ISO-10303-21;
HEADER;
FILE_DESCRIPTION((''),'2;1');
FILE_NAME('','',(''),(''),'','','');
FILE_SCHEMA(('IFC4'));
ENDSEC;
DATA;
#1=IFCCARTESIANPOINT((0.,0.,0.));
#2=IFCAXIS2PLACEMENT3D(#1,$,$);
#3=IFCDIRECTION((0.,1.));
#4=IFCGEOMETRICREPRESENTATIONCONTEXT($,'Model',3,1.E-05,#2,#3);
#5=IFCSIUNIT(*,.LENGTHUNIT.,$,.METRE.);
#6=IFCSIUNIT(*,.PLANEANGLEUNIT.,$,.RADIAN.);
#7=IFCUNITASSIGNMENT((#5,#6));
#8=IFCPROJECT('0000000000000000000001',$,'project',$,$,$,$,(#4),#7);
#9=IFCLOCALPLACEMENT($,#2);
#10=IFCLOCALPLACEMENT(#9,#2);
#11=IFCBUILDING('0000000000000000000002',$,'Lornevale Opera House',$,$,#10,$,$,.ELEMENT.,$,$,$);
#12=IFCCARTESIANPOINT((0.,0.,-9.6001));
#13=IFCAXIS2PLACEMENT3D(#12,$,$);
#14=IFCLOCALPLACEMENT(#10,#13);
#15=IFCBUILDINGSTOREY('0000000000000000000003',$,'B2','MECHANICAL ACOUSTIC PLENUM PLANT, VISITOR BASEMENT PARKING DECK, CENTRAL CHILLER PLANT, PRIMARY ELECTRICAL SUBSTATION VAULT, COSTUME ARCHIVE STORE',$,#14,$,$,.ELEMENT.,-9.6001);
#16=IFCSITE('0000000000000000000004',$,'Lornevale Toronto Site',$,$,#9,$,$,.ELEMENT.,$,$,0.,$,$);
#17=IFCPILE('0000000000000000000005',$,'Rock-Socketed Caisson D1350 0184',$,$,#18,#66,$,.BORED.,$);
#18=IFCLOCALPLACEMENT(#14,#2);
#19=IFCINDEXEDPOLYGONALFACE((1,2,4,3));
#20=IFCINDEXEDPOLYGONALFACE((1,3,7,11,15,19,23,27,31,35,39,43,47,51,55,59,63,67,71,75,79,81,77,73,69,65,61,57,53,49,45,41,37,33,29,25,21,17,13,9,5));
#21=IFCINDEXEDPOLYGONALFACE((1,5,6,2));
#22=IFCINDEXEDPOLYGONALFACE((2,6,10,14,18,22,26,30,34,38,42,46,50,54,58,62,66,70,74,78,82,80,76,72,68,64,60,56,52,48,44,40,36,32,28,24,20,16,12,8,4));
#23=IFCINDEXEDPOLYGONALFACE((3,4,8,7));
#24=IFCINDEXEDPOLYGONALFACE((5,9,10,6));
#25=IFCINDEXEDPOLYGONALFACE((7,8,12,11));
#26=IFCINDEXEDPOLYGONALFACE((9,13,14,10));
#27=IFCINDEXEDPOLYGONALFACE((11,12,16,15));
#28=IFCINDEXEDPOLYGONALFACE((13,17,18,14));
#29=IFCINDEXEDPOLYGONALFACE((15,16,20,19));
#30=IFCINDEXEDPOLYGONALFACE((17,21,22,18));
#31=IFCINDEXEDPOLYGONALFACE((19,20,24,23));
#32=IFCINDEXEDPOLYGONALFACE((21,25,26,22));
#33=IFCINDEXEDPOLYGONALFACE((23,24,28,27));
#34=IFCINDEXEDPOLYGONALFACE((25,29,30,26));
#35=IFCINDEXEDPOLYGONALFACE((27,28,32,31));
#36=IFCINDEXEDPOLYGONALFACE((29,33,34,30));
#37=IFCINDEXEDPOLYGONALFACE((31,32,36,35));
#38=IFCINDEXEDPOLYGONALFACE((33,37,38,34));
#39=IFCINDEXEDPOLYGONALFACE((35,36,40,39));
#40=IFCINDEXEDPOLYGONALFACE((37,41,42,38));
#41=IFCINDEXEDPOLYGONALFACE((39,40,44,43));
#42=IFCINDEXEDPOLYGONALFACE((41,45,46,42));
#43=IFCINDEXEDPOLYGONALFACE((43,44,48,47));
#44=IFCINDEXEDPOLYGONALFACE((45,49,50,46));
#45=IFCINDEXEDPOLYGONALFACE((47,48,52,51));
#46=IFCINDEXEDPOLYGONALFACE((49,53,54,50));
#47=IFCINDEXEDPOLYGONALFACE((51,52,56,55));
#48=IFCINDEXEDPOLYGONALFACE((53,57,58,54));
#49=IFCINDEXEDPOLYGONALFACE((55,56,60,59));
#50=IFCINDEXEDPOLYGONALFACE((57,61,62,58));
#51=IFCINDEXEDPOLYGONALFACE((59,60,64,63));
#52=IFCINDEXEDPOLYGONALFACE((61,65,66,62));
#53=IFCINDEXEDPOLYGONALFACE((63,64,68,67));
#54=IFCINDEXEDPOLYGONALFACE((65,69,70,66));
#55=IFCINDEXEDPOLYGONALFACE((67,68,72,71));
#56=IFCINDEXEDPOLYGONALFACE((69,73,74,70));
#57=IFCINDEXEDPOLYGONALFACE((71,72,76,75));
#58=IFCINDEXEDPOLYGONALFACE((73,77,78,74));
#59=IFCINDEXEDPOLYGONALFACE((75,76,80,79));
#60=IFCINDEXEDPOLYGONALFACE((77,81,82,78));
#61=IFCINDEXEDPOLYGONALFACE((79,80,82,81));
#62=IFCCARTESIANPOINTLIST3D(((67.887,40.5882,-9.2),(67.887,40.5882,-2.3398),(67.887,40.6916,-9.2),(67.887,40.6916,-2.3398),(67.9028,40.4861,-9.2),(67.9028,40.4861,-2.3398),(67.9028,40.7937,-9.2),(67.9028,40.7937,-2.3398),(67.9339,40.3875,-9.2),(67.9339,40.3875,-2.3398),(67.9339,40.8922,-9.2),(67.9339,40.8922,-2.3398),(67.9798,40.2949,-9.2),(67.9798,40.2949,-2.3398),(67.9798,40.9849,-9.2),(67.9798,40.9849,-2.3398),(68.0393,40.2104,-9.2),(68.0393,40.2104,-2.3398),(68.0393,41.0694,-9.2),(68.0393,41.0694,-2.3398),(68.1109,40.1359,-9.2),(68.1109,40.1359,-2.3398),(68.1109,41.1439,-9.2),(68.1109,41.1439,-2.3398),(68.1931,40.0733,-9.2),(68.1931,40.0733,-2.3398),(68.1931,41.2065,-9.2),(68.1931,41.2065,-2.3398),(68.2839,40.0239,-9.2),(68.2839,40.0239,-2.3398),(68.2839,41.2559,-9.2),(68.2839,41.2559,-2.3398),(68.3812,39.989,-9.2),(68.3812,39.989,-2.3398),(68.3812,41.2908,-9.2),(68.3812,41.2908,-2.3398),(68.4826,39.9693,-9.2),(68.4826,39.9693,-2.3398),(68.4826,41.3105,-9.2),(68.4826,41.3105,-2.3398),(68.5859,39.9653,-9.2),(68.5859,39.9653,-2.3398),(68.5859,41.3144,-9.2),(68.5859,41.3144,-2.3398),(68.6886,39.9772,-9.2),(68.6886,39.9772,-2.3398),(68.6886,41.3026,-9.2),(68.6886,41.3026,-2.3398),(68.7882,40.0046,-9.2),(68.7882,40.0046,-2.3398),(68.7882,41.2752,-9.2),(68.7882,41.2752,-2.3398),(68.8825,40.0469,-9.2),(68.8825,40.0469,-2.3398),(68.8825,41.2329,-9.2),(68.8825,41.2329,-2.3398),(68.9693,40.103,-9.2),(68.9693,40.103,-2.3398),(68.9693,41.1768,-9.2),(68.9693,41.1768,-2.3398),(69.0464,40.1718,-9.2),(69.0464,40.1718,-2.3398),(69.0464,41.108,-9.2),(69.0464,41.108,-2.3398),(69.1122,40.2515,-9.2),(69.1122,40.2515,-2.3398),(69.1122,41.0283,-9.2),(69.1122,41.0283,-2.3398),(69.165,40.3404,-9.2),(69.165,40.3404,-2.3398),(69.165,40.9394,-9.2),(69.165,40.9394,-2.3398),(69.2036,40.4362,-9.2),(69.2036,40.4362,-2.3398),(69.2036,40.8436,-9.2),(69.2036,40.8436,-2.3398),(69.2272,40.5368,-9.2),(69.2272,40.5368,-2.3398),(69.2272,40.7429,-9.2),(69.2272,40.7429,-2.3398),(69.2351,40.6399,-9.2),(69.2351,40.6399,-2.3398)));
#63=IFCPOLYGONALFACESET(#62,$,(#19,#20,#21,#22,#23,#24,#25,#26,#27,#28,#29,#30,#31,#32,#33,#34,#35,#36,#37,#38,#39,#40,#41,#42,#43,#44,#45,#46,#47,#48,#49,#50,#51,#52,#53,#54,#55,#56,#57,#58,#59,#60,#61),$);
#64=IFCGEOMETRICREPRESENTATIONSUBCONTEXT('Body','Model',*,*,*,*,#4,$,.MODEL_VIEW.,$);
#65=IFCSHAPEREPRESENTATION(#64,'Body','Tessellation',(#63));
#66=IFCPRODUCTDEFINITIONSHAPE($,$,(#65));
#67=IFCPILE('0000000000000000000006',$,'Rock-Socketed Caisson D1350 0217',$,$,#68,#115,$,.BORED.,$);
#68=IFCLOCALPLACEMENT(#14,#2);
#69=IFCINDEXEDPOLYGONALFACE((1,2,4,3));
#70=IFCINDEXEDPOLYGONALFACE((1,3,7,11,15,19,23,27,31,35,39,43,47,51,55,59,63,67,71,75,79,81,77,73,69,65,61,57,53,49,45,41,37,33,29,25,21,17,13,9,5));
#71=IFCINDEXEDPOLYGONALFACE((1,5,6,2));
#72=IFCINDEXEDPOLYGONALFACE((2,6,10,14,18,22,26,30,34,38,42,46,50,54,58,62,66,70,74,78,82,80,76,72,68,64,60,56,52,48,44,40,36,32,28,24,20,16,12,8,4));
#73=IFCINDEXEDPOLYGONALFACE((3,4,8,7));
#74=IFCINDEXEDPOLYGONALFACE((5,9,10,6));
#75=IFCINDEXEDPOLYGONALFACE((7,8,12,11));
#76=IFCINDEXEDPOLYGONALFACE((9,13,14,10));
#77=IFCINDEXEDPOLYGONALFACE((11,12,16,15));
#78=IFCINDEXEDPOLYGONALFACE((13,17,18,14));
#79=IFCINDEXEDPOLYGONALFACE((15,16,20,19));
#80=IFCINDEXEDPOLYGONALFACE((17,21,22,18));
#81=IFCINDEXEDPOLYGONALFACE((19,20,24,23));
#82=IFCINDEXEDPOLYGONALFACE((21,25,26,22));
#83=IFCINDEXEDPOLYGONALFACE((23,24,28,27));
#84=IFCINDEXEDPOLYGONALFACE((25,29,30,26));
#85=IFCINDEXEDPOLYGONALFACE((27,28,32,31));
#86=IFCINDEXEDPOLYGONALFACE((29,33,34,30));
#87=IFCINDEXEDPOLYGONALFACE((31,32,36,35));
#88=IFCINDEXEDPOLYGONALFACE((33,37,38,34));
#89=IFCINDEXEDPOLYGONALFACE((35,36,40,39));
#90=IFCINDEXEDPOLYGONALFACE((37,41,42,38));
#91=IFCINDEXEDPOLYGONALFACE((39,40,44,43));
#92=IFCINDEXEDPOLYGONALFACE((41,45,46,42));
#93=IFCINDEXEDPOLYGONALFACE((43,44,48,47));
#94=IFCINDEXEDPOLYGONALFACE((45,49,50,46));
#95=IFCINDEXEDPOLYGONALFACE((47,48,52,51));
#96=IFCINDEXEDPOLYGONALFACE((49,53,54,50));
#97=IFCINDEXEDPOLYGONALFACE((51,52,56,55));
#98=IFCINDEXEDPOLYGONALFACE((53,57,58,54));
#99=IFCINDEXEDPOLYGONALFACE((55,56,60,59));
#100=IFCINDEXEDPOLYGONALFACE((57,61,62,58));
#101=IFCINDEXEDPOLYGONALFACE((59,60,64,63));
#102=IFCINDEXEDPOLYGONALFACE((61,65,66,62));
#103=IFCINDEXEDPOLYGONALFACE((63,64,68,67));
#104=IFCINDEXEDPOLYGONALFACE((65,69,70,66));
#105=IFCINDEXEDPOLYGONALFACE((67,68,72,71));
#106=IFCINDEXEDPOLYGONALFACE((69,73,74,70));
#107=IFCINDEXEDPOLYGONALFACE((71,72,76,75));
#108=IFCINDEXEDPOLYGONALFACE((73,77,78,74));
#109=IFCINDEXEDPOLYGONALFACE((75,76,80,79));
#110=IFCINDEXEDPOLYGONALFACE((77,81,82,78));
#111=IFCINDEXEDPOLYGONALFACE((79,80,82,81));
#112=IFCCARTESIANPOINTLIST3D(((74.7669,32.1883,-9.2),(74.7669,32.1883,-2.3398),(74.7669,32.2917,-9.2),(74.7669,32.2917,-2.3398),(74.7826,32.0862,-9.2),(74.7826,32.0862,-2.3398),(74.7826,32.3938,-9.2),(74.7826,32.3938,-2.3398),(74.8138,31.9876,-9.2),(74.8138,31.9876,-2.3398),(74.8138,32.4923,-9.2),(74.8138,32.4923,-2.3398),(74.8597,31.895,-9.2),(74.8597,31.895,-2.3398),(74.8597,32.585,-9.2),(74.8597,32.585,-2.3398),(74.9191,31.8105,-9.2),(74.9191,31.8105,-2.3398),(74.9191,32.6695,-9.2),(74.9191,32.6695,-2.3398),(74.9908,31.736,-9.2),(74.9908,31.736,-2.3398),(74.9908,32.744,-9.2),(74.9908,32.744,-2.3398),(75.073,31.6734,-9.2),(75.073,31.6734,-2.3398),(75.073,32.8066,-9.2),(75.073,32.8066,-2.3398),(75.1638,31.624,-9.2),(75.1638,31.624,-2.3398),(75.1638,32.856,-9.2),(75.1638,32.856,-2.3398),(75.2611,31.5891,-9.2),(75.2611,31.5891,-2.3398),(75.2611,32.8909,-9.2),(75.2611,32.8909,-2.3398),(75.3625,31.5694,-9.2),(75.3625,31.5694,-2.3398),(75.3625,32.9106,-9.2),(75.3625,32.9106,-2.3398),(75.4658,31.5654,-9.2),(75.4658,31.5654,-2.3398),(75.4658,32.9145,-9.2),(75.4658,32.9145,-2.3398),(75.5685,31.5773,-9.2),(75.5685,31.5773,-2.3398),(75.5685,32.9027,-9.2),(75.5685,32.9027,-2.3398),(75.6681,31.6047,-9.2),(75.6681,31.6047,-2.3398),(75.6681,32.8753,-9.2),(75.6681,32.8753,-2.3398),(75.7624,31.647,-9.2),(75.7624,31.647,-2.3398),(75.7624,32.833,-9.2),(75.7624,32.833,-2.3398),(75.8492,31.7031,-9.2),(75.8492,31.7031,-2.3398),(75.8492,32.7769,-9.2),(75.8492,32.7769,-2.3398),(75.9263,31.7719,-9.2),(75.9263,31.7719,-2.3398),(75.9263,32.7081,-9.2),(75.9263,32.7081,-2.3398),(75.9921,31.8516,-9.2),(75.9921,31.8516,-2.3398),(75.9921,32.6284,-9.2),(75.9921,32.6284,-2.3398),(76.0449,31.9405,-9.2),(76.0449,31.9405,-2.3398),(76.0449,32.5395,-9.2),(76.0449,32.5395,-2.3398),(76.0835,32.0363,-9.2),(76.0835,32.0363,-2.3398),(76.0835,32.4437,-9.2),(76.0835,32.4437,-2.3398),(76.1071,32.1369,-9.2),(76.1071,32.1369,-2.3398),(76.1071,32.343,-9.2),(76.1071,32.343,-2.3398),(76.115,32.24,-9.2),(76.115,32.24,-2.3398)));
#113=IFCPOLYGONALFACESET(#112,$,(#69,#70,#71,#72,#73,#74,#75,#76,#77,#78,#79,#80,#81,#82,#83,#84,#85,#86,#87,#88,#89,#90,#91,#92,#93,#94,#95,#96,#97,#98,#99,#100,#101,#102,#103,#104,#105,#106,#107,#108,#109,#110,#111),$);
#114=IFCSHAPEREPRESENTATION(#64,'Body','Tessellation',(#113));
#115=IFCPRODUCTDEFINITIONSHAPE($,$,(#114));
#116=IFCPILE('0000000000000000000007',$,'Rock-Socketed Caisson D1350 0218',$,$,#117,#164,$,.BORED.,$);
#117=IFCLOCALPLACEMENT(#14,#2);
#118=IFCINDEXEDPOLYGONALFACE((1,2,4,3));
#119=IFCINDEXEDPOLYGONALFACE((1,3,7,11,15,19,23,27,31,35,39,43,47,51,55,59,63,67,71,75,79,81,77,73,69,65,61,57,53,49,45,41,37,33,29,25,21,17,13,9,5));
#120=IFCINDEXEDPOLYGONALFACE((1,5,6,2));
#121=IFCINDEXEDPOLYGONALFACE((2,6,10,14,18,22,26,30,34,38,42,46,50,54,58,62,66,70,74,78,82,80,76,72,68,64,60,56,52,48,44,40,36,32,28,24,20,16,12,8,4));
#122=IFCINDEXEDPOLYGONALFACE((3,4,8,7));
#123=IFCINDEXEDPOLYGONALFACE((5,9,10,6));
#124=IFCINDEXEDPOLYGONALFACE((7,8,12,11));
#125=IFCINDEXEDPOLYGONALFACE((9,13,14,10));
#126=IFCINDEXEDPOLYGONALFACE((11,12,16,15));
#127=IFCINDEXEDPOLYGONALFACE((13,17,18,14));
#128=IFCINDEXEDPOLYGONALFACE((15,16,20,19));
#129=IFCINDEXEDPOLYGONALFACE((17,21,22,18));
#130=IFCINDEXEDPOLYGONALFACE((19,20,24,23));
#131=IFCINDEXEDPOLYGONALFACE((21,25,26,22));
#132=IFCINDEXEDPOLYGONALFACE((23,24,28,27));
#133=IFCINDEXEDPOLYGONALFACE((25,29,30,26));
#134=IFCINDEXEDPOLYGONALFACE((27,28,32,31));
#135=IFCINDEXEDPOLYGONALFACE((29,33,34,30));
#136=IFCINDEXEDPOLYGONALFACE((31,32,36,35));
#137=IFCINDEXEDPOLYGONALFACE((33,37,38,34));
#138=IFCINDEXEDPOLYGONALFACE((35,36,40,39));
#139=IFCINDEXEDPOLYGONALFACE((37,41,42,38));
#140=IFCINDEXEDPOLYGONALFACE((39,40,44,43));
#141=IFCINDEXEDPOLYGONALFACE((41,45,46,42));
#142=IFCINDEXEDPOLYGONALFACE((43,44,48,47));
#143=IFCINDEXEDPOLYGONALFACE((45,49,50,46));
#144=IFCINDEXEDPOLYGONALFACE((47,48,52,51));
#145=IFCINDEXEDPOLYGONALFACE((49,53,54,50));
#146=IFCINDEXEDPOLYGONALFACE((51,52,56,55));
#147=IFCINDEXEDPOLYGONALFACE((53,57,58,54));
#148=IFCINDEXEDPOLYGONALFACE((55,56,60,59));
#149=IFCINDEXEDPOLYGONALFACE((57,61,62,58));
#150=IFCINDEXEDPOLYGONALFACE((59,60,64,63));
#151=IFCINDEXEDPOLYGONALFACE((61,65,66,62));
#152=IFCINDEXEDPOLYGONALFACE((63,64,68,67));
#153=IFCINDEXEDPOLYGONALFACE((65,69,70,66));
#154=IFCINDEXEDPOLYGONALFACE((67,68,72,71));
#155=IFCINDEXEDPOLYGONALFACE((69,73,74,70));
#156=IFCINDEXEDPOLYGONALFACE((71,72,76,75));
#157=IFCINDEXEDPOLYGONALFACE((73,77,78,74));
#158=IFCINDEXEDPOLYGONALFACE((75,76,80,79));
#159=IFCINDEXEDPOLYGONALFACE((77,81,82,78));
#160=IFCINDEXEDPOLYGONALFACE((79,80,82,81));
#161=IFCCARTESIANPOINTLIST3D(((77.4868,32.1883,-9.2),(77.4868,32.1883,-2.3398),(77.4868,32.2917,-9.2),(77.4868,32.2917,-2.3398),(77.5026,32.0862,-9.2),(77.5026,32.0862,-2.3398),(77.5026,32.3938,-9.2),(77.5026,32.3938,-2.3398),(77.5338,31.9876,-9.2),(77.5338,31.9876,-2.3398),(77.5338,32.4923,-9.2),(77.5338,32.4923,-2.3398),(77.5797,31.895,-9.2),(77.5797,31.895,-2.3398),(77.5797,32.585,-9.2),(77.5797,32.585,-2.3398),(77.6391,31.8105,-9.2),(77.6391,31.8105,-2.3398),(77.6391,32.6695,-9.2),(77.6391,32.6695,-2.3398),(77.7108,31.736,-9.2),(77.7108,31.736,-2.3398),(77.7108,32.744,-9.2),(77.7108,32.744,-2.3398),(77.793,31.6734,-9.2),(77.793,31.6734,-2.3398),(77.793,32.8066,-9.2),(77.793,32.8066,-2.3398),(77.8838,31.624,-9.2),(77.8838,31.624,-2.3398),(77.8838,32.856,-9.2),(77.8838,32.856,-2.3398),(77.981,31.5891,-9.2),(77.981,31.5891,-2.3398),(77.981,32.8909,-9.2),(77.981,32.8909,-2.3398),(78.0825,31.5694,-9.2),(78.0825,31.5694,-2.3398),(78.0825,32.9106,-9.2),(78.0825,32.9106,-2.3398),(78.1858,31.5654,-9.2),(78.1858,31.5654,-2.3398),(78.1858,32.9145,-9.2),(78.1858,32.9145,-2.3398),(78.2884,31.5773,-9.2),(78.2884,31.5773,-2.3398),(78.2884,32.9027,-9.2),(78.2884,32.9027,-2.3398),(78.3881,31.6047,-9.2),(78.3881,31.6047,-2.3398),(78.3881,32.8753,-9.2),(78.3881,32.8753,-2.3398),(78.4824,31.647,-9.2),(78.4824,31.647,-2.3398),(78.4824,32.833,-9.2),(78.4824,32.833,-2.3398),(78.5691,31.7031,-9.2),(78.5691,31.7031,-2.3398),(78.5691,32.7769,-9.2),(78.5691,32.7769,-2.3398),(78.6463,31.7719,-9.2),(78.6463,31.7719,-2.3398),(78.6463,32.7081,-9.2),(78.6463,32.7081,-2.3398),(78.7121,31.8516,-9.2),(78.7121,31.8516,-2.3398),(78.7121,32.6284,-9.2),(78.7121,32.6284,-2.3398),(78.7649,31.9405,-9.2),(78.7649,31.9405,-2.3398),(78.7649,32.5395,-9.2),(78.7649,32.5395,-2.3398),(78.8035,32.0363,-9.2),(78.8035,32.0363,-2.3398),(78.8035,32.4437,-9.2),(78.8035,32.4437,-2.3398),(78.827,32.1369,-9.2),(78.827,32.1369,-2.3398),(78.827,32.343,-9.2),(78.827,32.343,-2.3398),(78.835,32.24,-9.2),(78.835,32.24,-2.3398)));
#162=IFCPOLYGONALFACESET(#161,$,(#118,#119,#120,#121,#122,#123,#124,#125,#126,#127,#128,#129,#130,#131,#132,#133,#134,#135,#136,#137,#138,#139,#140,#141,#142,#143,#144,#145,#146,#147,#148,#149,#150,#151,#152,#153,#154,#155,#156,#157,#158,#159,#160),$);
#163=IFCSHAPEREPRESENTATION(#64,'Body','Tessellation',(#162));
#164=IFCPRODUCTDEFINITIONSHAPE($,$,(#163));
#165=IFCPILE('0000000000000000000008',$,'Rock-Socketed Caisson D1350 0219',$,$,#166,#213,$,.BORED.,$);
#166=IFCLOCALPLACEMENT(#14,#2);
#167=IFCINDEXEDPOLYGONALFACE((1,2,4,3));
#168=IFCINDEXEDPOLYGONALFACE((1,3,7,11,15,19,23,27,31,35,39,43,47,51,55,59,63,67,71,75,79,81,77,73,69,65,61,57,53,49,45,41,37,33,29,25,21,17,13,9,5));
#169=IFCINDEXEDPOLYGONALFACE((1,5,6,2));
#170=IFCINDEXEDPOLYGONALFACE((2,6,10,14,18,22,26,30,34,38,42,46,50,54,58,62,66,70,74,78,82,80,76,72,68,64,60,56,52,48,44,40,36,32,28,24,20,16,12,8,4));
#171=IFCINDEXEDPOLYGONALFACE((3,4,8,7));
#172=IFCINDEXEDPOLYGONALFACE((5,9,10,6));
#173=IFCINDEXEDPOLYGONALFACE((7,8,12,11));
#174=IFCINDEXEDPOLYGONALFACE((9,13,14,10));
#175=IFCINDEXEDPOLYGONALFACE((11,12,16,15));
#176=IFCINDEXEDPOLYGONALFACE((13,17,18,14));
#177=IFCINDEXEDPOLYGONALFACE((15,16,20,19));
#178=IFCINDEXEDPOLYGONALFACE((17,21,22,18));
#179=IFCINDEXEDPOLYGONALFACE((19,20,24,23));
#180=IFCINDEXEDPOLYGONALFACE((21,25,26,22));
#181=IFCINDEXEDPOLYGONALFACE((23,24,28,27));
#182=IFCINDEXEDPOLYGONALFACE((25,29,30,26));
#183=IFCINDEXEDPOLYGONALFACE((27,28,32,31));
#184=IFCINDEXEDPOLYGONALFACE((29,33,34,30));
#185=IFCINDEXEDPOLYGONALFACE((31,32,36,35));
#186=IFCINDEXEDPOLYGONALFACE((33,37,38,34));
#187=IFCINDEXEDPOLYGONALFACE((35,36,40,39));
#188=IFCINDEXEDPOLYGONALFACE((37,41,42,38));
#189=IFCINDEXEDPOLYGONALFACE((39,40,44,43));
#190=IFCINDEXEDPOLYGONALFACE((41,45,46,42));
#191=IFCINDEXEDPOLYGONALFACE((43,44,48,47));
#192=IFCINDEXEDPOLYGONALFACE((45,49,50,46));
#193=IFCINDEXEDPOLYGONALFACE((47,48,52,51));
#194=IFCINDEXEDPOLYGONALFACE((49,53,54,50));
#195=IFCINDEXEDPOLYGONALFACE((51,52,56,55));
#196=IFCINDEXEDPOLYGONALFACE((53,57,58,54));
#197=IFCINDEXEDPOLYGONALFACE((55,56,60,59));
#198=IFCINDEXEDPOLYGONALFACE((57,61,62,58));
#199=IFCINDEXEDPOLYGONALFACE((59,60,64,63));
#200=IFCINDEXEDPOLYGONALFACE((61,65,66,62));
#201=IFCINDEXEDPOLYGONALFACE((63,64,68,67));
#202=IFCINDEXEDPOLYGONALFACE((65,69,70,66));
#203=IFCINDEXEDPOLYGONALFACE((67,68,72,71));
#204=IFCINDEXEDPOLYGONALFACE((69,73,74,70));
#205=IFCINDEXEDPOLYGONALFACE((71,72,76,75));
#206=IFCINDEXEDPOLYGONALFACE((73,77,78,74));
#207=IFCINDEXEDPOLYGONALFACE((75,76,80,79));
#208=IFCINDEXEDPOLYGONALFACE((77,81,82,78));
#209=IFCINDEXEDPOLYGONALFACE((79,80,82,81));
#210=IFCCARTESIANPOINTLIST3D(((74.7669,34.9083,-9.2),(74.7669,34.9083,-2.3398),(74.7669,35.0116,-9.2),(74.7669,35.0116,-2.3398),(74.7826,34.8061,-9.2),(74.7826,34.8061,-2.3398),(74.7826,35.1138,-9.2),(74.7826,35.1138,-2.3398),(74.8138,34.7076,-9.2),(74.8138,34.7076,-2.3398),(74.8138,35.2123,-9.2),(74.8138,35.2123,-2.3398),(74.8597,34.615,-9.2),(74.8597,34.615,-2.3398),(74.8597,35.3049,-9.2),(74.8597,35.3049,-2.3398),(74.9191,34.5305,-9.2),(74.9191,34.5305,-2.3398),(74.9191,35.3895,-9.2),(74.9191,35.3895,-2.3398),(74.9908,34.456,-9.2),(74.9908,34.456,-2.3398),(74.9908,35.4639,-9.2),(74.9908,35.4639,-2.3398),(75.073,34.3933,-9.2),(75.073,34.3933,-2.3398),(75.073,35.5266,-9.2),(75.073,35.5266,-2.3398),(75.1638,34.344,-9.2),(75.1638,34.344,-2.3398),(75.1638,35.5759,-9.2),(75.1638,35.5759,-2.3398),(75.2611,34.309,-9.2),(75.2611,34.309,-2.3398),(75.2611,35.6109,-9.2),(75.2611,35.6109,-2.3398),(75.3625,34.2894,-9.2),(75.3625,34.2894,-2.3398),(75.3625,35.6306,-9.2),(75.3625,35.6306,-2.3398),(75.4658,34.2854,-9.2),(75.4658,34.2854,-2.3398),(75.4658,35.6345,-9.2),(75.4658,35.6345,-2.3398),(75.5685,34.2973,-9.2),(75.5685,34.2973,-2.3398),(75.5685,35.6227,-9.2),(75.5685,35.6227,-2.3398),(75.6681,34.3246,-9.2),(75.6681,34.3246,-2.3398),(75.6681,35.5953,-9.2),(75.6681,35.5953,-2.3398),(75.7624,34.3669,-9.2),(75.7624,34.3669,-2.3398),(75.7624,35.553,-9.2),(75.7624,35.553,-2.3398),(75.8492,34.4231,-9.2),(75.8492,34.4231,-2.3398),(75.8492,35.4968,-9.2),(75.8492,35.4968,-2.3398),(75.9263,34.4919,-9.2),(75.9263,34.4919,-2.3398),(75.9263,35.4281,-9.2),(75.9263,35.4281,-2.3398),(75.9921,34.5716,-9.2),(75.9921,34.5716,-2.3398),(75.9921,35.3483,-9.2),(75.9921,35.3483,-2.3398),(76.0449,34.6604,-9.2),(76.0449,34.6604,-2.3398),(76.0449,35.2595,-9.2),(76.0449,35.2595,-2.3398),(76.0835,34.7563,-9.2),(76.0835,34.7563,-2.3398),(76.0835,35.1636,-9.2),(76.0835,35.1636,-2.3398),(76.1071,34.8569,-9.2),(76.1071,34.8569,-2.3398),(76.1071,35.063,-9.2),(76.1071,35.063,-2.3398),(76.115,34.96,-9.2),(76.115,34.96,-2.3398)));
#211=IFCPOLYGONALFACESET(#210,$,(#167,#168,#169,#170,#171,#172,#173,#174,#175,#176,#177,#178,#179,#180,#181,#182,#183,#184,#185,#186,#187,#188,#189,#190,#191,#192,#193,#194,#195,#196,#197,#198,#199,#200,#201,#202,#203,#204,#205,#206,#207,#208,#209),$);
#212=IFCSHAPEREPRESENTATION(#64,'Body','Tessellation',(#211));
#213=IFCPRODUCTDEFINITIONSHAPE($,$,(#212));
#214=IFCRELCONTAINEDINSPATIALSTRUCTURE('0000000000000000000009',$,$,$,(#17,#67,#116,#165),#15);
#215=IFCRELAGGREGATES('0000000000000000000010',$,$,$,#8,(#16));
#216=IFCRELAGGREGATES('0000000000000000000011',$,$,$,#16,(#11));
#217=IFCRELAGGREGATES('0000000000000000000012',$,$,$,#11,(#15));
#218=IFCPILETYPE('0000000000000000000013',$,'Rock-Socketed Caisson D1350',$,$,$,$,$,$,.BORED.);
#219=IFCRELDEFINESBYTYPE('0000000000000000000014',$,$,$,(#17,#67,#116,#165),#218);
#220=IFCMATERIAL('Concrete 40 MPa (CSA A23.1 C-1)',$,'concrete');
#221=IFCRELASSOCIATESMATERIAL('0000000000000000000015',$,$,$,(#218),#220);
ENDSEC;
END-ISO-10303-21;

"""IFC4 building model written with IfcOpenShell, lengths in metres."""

from ifc_helpers import new_model, si_unit, direction, frame, origin, origin_2d, place, context, subcontext, project, spatial, circle, extrude, material, material_profile, profile_set, type_object, element, save


model = new_model("IFC4")

# Units and contexts
model_context = context("Model", 3, precision=1e-05, world=origin(), true_north=direction((0.0, 1.0)))
body_context = subcontext(model_context, "Body", "Model", "MODEL_VIEW")
ifc_project = project(units=[si_unit("LENGTHUNIT", "METRE"), si_unit("PLANEANGLEUNIT", "RADIAN")], contexts=[model_context])

# Site, building, storey
site_placement = place(None, origin())
site = spatial("IfcSite", under=ifc_project, at=site_placement, Name="Lornevale Toronto Site", CompositionType="ELEMENT", RefElevation=0.0)
building_placement = place(site_placement, origin())
building = spatial("IfcBuilding", under=site, at=building_placement, Name="Lornevale Opera House", CompositionType="ELEMENT")
storey_placement = place(building_placement, frame((0.0, 0.0, -9.6001)))
storey = spatial("IfcBuildingStorey", under=building, at=storey_placement, Name="B2", Description="MECHANICAL ACOUSTIC PLENUM PLANT, VISITOR BASEMENT PARKING DECK, CENTRAL CHILLER PLANT, PRIMARY ELECTRICAL SUBSTATION VAULT, COSTUME ARCHIVE STORE", CompositionType="ELEMENT", Elevation=-9.6001)

# Piles
ifc_material_1 = material(Name="Concrete 40 MPa (CSA A23.1 C-1)", Category="concrete")
ifc_material_profile_1 = material_profile(ifc_material_1, circle(Radius=0.675, at=origin_2d()), Name="CAIS1350")
ifc_profile_set_1 = profile_set([ifc_material_profile_1], Name="Concrete 40 MPa (CSA A23.1 C-1)")
pile_type_1 = type_object("IfcPileType", Name="Rock-Socketed Caisson D1350", PredefinedType="BORED", material=ifc_profile_set_1)
for number, where, z_axis, x_axis, name in (
    (1, (68.5601, 40.6399, -2.3398), (0.0, 0.0, -1.0), (1.0, 0.0, 0.0), "Rock-Socketed Caisson D1350 0184"),
    (2, (75.4399, 32.24, -2.3398), (0.0, 0.0, -1.0), (1.0, 0.0, 0.0), "Rock-Socketed Caisson D1350 0217"),
    (3, (78.1599, 32.24, -2.3398), (0.0, 0.0, -1.0), (1.0, 0.0, 0.0), "Rock-Socketed Caisson D1350 0218"),
    (4, (75.4399, 34.96, -2.3398), (0.0, 0.0, -1.0), (1.0, 0.0, 0.0), "Rock-Socketed Caisson D1350 0219"),
):
    element("IfcPile", number, at=place(storey_placement, frame(where, z_axis=z_axis, x_axis=x_axis)), inside=storey, type_object=pile_type_1, Name=name, PredefinedType="BORED", context=body_context, shape_type="SweptSolid", body=[
        extrude(circle(Radius=0.675, at=origin_2d()), origin(), (0.0, 0.0, 1.0), 6.8601),
    ])

save(model, "model.ifc")
